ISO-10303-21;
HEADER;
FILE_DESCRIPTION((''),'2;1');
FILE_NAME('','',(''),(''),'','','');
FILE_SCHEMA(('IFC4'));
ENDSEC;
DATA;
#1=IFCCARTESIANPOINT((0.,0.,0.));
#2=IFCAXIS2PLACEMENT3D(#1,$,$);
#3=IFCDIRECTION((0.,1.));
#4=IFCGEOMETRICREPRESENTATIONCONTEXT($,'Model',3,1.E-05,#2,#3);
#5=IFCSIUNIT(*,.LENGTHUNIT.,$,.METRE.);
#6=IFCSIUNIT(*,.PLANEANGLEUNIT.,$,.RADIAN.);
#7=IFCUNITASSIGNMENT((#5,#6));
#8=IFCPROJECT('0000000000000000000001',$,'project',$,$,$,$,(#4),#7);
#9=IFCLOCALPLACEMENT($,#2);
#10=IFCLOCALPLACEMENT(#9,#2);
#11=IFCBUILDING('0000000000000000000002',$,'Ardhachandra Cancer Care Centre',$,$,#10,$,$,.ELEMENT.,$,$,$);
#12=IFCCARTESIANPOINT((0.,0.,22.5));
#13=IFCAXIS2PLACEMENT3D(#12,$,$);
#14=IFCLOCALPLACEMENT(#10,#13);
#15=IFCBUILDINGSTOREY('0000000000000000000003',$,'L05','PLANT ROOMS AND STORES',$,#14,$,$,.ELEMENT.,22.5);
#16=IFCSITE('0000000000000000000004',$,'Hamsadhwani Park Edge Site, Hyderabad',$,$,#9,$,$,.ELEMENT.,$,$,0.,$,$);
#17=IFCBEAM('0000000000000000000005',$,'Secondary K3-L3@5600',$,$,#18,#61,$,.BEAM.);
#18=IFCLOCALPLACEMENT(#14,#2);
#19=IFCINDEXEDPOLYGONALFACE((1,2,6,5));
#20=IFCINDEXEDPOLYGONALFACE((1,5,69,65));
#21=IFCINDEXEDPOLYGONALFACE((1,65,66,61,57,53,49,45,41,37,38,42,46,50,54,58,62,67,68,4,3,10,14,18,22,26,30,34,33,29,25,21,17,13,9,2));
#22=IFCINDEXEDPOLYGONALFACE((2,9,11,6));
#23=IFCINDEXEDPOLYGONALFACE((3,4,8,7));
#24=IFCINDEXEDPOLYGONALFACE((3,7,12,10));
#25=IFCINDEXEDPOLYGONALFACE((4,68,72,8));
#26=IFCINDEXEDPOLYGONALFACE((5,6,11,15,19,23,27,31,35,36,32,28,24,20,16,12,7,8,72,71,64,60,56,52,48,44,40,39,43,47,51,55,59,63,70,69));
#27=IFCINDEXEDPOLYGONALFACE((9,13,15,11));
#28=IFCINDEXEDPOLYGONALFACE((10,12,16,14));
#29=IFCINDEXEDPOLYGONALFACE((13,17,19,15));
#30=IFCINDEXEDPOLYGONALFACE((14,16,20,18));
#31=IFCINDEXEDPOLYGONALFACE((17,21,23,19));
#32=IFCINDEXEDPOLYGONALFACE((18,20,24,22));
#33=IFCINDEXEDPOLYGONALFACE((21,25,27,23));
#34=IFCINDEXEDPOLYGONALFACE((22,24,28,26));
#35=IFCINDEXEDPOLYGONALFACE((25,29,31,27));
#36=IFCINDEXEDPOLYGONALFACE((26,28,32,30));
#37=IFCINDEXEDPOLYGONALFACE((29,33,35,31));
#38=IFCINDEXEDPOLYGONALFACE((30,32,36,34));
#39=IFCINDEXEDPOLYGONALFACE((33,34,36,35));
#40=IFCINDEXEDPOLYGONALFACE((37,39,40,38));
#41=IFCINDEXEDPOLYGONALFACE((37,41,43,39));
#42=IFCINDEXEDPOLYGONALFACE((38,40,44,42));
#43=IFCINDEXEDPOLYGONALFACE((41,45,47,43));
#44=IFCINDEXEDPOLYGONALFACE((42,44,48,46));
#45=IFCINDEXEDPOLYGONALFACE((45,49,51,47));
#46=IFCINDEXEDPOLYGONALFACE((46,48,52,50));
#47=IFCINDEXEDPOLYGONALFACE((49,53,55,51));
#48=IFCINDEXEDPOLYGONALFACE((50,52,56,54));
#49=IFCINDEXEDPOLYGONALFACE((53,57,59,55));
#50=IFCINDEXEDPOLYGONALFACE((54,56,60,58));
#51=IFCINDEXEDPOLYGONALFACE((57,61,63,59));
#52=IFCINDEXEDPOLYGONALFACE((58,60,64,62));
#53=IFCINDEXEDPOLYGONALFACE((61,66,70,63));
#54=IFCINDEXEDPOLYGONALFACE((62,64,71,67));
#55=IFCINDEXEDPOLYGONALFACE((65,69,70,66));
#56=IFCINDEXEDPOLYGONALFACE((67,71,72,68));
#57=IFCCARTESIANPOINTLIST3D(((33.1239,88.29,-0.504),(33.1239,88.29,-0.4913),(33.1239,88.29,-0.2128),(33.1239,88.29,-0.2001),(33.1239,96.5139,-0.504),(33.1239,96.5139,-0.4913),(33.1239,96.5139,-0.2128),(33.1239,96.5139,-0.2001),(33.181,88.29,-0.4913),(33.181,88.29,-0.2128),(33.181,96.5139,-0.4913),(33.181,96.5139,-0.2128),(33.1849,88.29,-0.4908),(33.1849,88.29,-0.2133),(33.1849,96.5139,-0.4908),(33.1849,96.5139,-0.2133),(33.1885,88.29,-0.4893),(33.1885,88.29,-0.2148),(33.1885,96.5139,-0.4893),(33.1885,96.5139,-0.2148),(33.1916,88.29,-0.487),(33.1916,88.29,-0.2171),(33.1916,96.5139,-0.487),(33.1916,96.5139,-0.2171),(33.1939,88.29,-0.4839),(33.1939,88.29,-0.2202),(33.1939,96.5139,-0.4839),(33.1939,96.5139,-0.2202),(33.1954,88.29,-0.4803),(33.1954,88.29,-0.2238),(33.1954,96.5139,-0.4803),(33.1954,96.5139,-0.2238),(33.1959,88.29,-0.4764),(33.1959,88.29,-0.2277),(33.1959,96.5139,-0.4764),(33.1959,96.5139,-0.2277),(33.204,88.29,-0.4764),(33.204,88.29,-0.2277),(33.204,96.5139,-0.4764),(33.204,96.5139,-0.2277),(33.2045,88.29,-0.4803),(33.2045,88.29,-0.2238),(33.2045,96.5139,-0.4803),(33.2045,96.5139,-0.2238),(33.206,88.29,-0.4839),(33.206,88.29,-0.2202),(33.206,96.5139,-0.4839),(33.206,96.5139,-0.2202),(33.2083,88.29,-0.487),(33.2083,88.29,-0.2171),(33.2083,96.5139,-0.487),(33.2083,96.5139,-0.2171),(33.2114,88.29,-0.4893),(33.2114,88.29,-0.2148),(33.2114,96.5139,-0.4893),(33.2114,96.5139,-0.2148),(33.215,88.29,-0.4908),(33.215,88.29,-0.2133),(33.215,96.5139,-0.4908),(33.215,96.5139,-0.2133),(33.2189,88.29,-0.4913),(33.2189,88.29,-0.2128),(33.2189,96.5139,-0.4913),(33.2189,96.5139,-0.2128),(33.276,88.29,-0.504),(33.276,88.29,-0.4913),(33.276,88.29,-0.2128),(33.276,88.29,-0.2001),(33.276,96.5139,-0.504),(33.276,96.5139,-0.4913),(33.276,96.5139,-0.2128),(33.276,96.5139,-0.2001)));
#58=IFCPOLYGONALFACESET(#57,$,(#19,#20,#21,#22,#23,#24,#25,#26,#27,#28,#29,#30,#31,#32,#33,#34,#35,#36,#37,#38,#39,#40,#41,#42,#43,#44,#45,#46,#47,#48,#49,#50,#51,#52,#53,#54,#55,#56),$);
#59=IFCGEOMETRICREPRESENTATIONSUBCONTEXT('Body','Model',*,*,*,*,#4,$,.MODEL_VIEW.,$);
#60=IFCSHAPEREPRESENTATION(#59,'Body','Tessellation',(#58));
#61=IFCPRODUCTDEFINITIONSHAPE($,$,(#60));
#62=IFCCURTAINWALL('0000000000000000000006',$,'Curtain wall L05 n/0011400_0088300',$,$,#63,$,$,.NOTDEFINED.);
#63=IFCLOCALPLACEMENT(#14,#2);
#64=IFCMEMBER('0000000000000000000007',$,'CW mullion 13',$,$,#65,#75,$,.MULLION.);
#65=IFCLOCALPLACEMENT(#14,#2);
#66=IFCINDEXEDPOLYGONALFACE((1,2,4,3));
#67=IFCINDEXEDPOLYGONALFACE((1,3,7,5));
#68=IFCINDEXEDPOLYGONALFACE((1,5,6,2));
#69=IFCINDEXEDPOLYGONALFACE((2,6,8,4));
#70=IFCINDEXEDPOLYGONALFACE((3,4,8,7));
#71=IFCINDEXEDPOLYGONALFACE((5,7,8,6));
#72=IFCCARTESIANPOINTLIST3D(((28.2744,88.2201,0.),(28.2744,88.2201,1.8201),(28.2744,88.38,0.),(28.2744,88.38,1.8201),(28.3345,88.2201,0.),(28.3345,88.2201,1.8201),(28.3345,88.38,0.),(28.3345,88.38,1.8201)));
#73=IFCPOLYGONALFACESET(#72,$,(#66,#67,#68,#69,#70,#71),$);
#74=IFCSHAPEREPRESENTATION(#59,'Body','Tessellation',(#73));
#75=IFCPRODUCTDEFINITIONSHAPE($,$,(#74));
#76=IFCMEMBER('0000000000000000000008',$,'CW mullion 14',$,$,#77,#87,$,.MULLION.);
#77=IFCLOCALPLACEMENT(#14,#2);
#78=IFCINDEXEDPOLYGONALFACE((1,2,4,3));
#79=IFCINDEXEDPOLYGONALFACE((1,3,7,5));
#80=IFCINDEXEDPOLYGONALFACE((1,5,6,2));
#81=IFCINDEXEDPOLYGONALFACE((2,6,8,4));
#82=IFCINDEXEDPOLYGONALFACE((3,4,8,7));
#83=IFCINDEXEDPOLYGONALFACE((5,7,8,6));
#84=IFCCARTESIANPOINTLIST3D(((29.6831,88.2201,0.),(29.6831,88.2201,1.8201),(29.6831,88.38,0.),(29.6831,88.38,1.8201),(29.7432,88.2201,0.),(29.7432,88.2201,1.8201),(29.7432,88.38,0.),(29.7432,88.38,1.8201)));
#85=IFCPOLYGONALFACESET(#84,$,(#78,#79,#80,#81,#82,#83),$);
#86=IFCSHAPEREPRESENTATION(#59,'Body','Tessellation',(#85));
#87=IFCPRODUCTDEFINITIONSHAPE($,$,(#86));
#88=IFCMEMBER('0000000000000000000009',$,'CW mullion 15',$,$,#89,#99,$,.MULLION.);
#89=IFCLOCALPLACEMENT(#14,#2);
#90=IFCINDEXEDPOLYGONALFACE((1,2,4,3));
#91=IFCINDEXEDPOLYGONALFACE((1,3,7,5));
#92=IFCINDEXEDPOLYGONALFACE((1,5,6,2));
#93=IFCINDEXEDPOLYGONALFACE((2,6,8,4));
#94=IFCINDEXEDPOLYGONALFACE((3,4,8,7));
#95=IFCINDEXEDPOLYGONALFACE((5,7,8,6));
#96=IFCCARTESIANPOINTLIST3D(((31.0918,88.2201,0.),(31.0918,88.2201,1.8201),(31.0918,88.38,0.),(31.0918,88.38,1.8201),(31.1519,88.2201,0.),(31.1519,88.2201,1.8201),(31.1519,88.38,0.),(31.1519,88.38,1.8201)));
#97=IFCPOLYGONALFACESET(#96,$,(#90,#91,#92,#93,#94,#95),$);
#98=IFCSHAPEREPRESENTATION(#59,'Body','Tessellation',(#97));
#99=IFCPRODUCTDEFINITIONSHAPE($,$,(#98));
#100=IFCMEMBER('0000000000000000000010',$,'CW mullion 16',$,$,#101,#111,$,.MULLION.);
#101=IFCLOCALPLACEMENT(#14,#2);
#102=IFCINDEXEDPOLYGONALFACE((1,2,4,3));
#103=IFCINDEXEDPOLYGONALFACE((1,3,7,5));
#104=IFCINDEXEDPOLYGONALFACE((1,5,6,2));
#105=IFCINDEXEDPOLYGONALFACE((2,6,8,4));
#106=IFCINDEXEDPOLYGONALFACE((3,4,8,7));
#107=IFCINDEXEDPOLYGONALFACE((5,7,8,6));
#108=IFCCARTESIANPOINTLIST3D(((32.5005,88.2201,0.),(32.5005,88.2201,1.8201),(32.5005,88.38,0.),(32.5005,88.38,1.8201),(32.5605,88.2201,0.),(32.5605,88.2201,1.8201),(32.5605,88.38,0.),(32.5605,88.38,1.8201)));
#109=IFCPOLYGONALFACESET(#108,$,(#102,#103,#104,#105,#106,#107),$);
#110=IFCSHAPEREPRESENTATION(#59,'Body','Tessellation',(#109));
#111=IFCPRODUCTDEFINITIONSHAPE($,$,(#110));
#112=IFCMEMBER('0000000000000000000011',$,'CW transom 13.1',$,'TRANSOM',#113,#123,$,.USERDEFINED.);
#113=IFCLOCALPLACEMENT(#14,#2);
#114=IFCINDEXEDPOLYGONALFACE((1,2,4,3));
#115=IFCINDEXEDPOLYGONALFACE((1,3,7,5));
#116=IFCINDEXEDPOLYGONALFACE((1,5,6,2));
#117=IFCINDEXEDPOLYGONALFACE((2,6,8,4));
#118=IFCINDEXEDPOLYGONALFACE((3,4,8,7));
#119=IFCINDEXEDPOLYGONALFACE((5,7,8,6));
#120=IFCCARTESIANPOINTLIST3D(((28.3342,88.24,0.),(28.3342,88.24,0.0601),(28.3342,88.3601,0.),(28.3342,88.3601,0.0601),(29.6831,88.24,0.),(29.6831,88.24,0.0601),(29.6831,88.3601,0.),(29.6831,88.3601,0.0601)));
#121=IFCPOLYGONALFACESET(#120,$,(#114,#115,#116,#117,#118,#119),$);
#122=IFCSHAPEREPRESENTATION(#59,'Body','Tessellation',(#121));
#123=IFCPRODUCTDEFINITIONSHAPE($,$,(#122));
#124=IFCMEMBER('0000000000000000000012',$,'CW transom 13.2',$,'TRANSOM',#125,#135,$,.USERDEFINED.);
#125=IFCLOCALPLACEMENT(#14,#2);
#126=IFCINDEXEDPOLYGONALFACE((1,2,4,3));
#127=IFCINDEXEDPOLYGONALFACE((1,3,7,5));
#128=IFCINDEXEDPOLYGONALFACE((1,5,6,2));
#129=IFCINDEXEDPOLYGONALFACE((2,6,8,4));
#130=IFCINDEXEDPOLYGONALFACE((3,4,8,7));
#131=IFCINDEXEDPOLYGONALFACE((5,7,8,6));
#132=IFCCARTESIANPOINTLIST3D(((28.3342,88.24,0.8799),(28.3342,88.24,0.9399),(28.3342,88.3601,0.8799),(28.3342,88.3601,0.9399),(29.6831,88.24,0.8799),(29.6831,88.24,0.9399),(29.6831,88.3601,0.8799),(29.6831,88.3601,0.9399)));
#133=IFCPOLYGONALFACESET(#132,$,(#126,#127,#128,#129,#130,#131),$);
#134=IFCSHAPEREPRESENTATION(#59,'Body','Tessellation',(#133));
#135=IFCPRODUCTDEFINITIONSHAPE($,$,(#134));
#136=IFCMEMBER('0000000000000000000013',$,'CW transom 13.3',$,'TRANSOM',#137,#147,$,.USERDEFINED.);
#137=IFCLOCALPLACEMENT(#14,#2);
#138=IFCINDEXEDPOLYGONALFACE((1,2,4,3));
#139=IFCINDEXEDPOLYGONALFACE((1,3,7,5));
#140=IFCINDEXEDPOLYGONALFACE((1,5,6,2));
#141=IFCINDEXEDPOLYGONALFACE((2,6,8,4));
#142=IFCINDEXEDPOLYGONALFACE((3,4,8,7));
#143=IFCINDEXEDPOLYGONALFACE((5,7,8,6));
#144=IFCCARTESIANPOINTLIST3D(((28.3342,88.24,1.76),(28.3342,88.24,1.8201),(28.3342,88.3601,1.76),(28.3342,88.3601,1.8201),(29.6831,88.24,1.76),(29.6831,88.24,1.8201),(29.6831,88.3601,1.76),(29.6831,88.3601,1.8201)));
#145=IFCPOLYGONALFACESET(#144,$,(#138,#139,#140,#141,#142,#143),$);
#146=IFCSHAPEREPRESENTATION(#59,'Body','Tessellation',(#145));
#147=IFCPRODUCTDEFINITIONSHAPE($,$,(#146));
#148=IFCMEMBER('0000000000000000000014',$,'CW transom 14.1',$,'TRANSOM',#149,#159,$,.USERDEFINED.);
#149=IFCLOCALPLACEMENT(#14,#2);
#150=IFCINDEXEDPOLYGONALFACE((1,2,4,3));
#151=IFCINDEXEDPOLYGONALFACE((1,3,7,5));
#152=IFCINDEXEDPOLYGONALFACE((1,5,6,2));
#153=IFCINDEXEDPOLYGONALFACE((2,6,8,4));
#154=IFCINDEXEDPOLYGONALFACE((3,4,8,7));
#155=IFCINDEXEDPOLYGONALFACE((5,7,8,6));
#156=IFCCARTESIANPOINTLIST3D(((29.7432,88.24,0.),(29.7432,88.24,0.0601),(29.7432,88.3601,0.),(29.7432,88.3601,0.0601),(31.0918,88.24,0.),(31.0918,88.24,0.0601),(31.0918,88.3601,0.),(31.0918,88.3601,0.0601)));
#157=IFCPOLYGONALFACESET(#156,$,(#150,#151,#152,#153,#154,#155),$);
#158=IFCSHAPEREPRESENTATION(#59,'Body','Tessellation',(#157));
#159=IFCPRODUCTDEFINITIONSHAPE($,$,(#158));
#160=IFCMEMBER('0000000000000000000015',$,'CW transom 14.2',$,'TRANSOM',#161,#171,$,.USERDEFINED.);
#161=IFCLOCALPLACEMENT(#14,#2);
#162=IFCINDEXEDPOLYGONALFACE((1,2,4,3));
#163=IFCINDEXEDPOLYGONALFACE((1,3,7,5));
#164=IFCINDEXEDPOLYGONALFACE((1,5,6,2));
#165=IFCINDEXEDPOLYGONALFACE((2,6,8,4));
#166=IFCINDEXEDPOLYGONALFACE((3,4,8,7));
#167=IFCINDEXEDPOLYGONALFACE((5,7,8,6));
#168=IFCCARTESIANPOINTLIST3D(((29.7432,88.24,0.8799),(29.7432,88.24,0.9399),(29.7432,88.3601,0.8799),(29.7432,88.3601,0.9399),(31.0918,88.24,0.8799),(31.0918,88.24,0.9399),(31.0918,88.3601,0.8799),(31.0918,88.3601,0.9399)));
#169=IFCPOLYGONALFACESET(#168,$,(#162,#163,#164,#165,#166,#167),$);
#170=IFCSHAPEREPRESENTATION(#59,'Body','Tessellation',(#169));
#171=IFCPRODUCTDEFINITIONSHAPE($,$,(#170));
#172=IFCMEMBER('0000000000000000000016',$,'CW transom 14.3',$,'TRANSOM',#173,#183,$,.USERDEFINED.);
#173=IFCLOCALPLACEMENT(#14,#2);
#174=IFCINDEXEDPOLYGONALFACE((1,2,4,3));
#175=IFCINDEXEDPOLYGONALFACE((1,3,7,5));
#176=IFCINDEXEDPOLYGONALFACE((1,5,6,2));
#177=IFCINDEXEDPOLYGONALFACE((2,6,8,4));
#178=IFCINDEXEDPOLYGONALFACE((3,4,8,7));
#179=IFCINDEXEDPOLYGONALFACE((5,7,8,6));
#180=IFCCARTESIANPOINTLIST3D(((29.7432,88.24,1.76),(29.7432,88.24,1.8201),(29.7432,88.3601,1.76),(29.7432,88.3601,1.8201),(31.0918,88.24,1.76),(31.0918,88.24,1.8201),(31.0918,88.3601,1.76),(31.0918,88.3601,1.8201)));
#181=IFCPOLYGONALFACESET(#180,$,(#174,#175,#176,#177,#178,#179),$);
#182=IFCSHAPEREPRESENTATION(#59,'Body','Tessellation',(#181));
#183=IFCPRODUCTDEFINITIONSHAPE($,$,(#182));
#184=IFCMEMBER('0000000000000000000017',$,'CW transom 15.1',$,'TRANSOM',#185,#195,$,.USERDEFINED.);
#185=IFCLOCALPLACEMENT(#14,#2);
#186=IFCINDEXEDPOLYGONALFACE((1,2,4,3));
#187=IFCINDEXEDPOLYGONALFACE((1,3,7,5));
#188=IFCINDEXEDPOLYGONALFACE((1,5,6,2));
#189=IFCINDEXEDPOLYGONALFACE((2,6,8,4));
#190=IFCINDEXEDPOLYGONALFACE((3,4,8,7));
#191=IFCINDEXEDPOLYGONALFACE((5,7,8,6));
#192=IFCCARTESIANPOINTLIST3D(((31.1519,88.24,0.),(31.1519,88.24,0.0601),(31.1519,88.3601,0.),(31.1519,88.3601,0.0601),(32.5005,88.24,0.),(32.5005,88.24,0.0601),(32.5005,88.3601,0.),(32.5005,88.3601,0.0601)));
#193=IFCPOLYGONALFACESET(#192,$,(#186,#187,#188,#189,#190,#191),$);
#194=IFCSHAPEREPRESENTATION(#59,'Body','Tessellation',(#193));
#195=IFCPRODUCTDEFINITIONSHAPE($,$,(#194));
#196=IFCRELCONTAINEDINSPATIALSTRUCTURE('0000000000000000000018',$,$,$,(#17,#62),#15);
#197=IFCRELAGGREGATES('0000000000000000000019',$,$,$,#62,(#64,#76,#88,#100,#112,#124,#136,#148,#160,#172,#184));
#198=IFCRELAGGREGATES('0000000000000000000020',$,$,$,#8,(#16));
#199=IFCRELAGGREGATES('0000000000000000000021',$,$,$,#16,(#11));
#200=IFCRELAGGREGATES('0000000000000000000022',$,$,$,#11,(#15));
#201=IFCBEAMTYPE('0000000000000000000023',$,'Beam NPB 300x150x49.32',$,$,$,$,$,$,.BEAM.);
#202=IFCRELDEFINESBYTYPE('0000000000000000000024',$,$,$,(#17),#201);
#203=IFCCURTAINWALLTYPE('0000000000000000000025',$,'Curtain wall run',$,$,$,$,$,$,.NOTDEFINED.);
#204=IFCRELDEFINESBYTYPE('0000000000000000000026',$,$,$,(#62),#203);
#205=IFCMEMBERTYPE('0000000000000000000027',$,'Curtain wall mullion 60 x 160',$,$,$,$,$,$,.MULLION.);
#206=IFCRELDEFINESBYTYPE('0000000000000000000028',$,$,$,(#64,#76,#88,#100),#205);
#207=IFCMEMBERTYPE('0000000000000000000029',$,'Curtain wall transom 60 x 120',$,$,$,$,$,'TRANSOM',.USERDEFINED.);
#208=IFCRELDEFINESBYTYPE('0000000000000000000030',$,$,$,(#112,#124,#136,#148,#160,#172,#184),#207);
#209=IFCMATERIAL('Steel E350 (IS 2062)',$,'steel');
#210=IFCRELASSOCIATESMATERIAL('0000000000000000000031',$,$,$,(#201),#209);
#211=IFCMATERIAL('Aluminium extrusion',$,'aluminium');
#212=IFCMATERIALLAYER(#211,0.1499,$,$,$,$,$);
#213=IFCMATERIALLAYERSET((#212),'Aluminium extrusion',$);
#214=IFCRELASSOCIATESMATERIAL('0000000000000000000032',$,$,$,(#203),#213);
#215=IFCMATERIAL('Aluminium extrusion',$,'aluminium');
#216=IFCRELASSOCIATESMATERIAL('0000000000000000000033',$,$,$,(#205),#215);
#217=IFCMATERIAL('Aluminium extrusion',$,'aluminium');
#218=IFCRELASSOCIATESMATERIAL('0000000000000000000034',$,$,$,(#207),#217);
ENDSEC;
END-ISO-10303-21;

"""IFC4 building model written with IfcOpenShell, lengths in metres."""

from ifc_helpers import new_model, si_unit, direction, frame, origin, origin_2d, place, context, subcontext, project, spatial, rectangle, i_section, extrude, material, layer, layer_set, material_profile, profile_set, type_object, element, aggregate, save


model = new_model("IFC4")

# Units and contexts
model_context = context("Model", 3, precision=1e-05, world=origin(), true_north=direction((0.0, 1.0)))
body_context = subcontext(model_context, "Body", "Model", "MODEL_VIEW")
ifc_project = project(units=[si_unit("LENGTHUNIT", "METRE"), si_unit("PLANEANGLEUNIT", "RADIAN")], contexts=[model_context])

# Site, building, storey
site_placement = place(None, origin())
site = spatial("IfcSite", under=ifc_project, at=site_placement, Name="Hamsadhwani Park Edge Site, Hyderabad", CompositionType="ELEMENT", RefElevation=0.0)
building_placement = place(site_placement, origin())
building = spatial("IfcBuilding", under=site, at=building_placement, Name="Ardhachandra Cancer Care Centre", CompositionType="ELEMENT")
storey_placement = place(building_placement, frame((0.0, 0.0, 22.5)))
storey = spatial("IfcBuildingStorey", under=building, at=storey_placement, Name="L05", Description="PLANT ROOMS AND STORES", CompositionType="ELEMENT", Elevation=22.5)

# Beam
ifc_material_1 = material(Name="Steel E350 (IS 2062)", Category="steel")
ifc_material_profile_1 = material_profile(ifc_material_1, i_section(OverallWidth=0.1521, OverallDepth=0.304, WebThickness=0.0081, FlangeThickness=0.0127, FilletRadius=0.0149, at=origin_2d()), Name="NPB 300x150x49.32")
ifc_profile_set_1 = profile_set([ifc_material_profile_1], Name="Steel E350 (IS 2062)")
beam_type = type_object("IfcBeamType", Name="Beam NPB 300x150x49.32", PredefinedType="BEAM", material=ifc_profile_set_1)
beam_placement = place(storey_placement, frame((33.2, 88.29, -0.3521), z_axis=(0.0, 1.0, 0.0), x_axis=(-1.0, 0.0, 0.0)))
element("IfcBeam", 1, at=beam_placement, inside=storey, type_object=beam_type, Name="Secondary K3-L3@5600", PredefinedType="BEAM", context=body_context, shape_type="SweptSolid", body=[
    extrude(i_section(OverallWidth=0.1521, OverallDepth=0.304, WebThickness=0.0081, FlangeThickness=0.0127, FilletRadius=0.0149, at=origin_2d()), origin(), (0.0, 0.0, 1.0), 8.2239),
])

# Curtain wall, members
ifc_material_2 = material(Name="Aluminium extrusion", Category="aluminium")
ifc_layer_1 = layer(ifc_material_2, 0.1499)
ifc_layer_set_1 = layer_set([ifc_layer_1], Name="Aluminium extrusion")
curtain_wall_type = type_object("IfcCurtainWallType", Name="Curtain wall run", PredefinedType="NOTDEFINED", material=ifc_layer_set_1)
curtain_wall_placement = place(storey_placement, origin())
curtain_wall = element("IfcCurtainWall", 2, at=curtain_wall_placement, inside=storey, type_object=curtain_wall_type, Name="Curtain wall L05 n/0011400_0088300", PredefinedType="NOTDEFINED")
ifc_material_3 = material(Name="Aluminium extrusion", Category="aluminium")
ifc_material_profile_2 = material_profile(ifc_material_3, rectangle(XDim=0.1599, YDim=0.0601, at=origin_2d()), Name="Curtain wall mullion 60 x 160")
ifc_profile_set_2 = profile_set([ifc_material_profile_2], Name="Aluminium extrusion")
member_type_1 = type_object("IfcMemberType", Name="Curtain wall mullion 60 x 160", PredefinedType="MULLION", material=ifc_profile_set_2)
member_1_placement = place(storey_placement, frame((28.3044, 88.3, 0.0), z_axis=(0.0, 0.0, 1.0), x_axis=(0.0, 1.0, 0.0)))
member_1 = element("IfcMember", 3, at=member_1_placement, type_object=member_type_1, Name="CW mullion 13", PredefinedType="MULLION", context=body_context, shape_type="SweptSolid", body=[
    extrude(rectangle(XDim=0.1599, YDim=0.0601, at=origin_2d()), origin(), (0.0, 0.0, 1.0), 1.8201),
])
member_2_placement = place(storey_placement, frame((29.7131, 88.3, 0.0), z_axis=(0.0, 0.0, 1.0), x_axis=(0.0, 1.0, 0.0)))
member_2 = element("IfcMember", 4, at=member_2_placement, type_object=member_type_1, Name="CW mullion 14", PredefinedType="MULLION", context=body_context, shape_type="SweptSolid", body=[
    extrude(rectangle(XDim=0.1599, YDim=0.0601, at=origin_2d()), origin(), (0.0, 0.0, 1.0), 1.8201),
])
member_3_placement = place(storey_placement, frame((31.1218, 88.3, 0.0), z_axis=(0.0, 0.0, 1.0), x_axis=(0.0, 1.0, 0.0)))
member_3 = element("IfcMember", 5, at=member_3_placement, type_object=member_type_1, Name="CW mullion 15", PredefinedType="MULLION", context=body_context, shape_type="SweptSolid", body=[
    extrude(rectangle(XDim=0.1599, YDim=0.0601, at=origin_2d()), origin(), (0.0, 0.0, 1.0), 1.8201),
])
member_4_placement = place(storey_placement, frame((32.5305, 88.3, 0.0), z_axis=(0.0, 0.0, 1.0), x_axis=(0.0, 1.0, 0.0)))
member_4 = element("IfcMember", 6, at=member_4_placement, type_object=member_type_1, Name="CW mullion 16", PredefinedType="MULLION", context=body_context, shape_type="SweptSolid", body=[
    extrude(rectangle(XDim=0.1599, YDim=0.0601, at=origin_2d()), origin(), (0.0, 0.0, 1.0), 1.8201),
])
ifc_material_4 = material(Name="Aluminium extrusion", Category="aluminium")
ifc_material_profile_3 = material_profile(ifc_material_4, rectangle(XDim=0.1201, YDim=0.0601, at=origin_2d()), Name="Curtain wall transom 60 x 120")
ifc_profile_set_3 = profile_set([ifc_material_profile_3], Name="Aluminium extrusion")
member_type_2 = type_object("IfcMemberType", Name="Curtain wall transom 60 x 120", ElementType="TRANSOM", PredefinedType="USERDEFINED", material=ifc_profile_set_3)
member_5_placement = place(storey_placement, frame((28.3342, 88.3, 0.03), z_axis=(1.0, 0.0, 0.0), x_axis=(0.0, 1.0, 0.0)))
member_5 = element("IfcMember", 7, at=member_5_placement, type_object=member_type_2, Name="CW transom 13.1", ObjectType="TRANSOM", PredefinedType="USERDEFINED", context=body_context, shape_type="SweptSolid", body=[
    extrude(rectangle(XDim=0.1201, YDim=0.0601, at=origin_2d()), origin(), (0.0, 0.0, 1.0), 1.3489),
])
member_6_placement = place(storey_placement, frame((28.3342, 88.3, 0.9099), z_axis=(1.0, 0.0, 0.0), x_axis=(0.0, 1.0, 0.0)))
member_6 = element("IfcMember", 8, at=member_6_placement, type_object=member_type_2, Name="CW transom 13.2", ObjectType="TRANSOM", PredefinedType="USERDEFINED", context=body_context, shape_type="SweptSolid", body=[
    extrude(rectangle(XDim=0.1201, YDim=0.0601, at=origin_2d()), origin(), (0.0, 0.0, 1.0), 1.3489),
])
member_7_placement = place(storey_placement, frame((28.3342, 88.3, 1.79), z_axis=(1.0, 0.0, 0.0), x_axis=(0.0, 1.0, 0.0)))
member_7 = element("IfcMember", 9, at=member_7_placement, type_object=member_type_2, Name="CW transom 13.3", ObjectType="TRANSOM", PredefinedType="USERDEFINED", context=body_context, shape_type="SweptSolid", body=[
    extrude(rectangle(XDim=0.1201, YDim=0.0601, at=origin_2d()), origin(), (0.0, 0.0, 1.0), 1.3489),
])
member_8_placement = place(storey_placement, frame((29.7432, 88.3, 0.03), z_axis=(1.0, 0.0, 0.0), x_axis=(0.0, 1.0, 0.0)))
member_8 = element("IfcMember", 10, at=member_8_placement, type_object=member_type_2, Name="CW transom 14.1", ObjectType="TRANSOM", PredefinedType="USERDEFINED", context=body_context, shape_type="SweptSolid", body=[
    extrude(rectangle(XDim=0.1201, YDim=0.0601, at=origin_2d()), origin(), (0.0, 0.0, 1.0), 1.3486),
])
member_9_placement = place(storey_placement, frame((29.7432, 88.3, 0.9099), z_axis=(1.0, 0.0, 0.0), x_axis=(0.0, 1.0, 0.0)))
member_9 = element("IfcMember", 11, at=member_9_placement, type_object=member_type_2, Name="CW transom 14.2", ObjectType="TRANSOM", PredefinedType="USERDEFINED", context=body_context, shape_type="SweptSolid", body=[
    extrude(rectangle(XDim=0.1201, YDim=0.0601, at=origin_2d()), origin(), (0.0, 0.0, 1.0), 1.3486),
])
member_10_placement = place(storey_placement, frame((29.7432, 88.3, 1.79), z_axis=(1.0, 0.0, 0.0), x_axis=(0.0, 1.0, 0.0)))
member_10 = element("IfcMember", 12, at=member_10_placement, type_object=member_type_2, Name="CW transom 14.3", ObjectType="TRANSOM", PredefinedType="USERDEFINED", context=body_context, shape_type="SweptSolid", body=[
    extrude(rectangle(XDim=0.1201, YDim=0.0601, at=origin_2d()), origin(), (0.0, 0.0, 1.0), 1.3486),
])
member_11_placement = place(storey_placement, frame((31.1519, 88.3, 0.03), z_axis=(1.0, 0.0, 0.0), x_axis=(0.0, 1.0, 0.0)))
member_11 = element("IfcMember", 13, at=member_11_placement, type_object=member_type_2, Name="CW transom 15.1", ObjectType="TRANSOM", PredefinedType="USERDEFINED", context=body_context, shape_type="SweptSolid", body=[
    extrude(rectangle(XDim=0.1201, YDim=0.0601, at=origin_2d()), origin(), (0.0, 0.0, 1.0), 1.3486),
])

aggregate(curtain_wall, [member_1, member_2, member_3, member_4, member_5, member_6, member_7, member_8, member_9, member_10, member_11])

save(model, "model.ifc")
